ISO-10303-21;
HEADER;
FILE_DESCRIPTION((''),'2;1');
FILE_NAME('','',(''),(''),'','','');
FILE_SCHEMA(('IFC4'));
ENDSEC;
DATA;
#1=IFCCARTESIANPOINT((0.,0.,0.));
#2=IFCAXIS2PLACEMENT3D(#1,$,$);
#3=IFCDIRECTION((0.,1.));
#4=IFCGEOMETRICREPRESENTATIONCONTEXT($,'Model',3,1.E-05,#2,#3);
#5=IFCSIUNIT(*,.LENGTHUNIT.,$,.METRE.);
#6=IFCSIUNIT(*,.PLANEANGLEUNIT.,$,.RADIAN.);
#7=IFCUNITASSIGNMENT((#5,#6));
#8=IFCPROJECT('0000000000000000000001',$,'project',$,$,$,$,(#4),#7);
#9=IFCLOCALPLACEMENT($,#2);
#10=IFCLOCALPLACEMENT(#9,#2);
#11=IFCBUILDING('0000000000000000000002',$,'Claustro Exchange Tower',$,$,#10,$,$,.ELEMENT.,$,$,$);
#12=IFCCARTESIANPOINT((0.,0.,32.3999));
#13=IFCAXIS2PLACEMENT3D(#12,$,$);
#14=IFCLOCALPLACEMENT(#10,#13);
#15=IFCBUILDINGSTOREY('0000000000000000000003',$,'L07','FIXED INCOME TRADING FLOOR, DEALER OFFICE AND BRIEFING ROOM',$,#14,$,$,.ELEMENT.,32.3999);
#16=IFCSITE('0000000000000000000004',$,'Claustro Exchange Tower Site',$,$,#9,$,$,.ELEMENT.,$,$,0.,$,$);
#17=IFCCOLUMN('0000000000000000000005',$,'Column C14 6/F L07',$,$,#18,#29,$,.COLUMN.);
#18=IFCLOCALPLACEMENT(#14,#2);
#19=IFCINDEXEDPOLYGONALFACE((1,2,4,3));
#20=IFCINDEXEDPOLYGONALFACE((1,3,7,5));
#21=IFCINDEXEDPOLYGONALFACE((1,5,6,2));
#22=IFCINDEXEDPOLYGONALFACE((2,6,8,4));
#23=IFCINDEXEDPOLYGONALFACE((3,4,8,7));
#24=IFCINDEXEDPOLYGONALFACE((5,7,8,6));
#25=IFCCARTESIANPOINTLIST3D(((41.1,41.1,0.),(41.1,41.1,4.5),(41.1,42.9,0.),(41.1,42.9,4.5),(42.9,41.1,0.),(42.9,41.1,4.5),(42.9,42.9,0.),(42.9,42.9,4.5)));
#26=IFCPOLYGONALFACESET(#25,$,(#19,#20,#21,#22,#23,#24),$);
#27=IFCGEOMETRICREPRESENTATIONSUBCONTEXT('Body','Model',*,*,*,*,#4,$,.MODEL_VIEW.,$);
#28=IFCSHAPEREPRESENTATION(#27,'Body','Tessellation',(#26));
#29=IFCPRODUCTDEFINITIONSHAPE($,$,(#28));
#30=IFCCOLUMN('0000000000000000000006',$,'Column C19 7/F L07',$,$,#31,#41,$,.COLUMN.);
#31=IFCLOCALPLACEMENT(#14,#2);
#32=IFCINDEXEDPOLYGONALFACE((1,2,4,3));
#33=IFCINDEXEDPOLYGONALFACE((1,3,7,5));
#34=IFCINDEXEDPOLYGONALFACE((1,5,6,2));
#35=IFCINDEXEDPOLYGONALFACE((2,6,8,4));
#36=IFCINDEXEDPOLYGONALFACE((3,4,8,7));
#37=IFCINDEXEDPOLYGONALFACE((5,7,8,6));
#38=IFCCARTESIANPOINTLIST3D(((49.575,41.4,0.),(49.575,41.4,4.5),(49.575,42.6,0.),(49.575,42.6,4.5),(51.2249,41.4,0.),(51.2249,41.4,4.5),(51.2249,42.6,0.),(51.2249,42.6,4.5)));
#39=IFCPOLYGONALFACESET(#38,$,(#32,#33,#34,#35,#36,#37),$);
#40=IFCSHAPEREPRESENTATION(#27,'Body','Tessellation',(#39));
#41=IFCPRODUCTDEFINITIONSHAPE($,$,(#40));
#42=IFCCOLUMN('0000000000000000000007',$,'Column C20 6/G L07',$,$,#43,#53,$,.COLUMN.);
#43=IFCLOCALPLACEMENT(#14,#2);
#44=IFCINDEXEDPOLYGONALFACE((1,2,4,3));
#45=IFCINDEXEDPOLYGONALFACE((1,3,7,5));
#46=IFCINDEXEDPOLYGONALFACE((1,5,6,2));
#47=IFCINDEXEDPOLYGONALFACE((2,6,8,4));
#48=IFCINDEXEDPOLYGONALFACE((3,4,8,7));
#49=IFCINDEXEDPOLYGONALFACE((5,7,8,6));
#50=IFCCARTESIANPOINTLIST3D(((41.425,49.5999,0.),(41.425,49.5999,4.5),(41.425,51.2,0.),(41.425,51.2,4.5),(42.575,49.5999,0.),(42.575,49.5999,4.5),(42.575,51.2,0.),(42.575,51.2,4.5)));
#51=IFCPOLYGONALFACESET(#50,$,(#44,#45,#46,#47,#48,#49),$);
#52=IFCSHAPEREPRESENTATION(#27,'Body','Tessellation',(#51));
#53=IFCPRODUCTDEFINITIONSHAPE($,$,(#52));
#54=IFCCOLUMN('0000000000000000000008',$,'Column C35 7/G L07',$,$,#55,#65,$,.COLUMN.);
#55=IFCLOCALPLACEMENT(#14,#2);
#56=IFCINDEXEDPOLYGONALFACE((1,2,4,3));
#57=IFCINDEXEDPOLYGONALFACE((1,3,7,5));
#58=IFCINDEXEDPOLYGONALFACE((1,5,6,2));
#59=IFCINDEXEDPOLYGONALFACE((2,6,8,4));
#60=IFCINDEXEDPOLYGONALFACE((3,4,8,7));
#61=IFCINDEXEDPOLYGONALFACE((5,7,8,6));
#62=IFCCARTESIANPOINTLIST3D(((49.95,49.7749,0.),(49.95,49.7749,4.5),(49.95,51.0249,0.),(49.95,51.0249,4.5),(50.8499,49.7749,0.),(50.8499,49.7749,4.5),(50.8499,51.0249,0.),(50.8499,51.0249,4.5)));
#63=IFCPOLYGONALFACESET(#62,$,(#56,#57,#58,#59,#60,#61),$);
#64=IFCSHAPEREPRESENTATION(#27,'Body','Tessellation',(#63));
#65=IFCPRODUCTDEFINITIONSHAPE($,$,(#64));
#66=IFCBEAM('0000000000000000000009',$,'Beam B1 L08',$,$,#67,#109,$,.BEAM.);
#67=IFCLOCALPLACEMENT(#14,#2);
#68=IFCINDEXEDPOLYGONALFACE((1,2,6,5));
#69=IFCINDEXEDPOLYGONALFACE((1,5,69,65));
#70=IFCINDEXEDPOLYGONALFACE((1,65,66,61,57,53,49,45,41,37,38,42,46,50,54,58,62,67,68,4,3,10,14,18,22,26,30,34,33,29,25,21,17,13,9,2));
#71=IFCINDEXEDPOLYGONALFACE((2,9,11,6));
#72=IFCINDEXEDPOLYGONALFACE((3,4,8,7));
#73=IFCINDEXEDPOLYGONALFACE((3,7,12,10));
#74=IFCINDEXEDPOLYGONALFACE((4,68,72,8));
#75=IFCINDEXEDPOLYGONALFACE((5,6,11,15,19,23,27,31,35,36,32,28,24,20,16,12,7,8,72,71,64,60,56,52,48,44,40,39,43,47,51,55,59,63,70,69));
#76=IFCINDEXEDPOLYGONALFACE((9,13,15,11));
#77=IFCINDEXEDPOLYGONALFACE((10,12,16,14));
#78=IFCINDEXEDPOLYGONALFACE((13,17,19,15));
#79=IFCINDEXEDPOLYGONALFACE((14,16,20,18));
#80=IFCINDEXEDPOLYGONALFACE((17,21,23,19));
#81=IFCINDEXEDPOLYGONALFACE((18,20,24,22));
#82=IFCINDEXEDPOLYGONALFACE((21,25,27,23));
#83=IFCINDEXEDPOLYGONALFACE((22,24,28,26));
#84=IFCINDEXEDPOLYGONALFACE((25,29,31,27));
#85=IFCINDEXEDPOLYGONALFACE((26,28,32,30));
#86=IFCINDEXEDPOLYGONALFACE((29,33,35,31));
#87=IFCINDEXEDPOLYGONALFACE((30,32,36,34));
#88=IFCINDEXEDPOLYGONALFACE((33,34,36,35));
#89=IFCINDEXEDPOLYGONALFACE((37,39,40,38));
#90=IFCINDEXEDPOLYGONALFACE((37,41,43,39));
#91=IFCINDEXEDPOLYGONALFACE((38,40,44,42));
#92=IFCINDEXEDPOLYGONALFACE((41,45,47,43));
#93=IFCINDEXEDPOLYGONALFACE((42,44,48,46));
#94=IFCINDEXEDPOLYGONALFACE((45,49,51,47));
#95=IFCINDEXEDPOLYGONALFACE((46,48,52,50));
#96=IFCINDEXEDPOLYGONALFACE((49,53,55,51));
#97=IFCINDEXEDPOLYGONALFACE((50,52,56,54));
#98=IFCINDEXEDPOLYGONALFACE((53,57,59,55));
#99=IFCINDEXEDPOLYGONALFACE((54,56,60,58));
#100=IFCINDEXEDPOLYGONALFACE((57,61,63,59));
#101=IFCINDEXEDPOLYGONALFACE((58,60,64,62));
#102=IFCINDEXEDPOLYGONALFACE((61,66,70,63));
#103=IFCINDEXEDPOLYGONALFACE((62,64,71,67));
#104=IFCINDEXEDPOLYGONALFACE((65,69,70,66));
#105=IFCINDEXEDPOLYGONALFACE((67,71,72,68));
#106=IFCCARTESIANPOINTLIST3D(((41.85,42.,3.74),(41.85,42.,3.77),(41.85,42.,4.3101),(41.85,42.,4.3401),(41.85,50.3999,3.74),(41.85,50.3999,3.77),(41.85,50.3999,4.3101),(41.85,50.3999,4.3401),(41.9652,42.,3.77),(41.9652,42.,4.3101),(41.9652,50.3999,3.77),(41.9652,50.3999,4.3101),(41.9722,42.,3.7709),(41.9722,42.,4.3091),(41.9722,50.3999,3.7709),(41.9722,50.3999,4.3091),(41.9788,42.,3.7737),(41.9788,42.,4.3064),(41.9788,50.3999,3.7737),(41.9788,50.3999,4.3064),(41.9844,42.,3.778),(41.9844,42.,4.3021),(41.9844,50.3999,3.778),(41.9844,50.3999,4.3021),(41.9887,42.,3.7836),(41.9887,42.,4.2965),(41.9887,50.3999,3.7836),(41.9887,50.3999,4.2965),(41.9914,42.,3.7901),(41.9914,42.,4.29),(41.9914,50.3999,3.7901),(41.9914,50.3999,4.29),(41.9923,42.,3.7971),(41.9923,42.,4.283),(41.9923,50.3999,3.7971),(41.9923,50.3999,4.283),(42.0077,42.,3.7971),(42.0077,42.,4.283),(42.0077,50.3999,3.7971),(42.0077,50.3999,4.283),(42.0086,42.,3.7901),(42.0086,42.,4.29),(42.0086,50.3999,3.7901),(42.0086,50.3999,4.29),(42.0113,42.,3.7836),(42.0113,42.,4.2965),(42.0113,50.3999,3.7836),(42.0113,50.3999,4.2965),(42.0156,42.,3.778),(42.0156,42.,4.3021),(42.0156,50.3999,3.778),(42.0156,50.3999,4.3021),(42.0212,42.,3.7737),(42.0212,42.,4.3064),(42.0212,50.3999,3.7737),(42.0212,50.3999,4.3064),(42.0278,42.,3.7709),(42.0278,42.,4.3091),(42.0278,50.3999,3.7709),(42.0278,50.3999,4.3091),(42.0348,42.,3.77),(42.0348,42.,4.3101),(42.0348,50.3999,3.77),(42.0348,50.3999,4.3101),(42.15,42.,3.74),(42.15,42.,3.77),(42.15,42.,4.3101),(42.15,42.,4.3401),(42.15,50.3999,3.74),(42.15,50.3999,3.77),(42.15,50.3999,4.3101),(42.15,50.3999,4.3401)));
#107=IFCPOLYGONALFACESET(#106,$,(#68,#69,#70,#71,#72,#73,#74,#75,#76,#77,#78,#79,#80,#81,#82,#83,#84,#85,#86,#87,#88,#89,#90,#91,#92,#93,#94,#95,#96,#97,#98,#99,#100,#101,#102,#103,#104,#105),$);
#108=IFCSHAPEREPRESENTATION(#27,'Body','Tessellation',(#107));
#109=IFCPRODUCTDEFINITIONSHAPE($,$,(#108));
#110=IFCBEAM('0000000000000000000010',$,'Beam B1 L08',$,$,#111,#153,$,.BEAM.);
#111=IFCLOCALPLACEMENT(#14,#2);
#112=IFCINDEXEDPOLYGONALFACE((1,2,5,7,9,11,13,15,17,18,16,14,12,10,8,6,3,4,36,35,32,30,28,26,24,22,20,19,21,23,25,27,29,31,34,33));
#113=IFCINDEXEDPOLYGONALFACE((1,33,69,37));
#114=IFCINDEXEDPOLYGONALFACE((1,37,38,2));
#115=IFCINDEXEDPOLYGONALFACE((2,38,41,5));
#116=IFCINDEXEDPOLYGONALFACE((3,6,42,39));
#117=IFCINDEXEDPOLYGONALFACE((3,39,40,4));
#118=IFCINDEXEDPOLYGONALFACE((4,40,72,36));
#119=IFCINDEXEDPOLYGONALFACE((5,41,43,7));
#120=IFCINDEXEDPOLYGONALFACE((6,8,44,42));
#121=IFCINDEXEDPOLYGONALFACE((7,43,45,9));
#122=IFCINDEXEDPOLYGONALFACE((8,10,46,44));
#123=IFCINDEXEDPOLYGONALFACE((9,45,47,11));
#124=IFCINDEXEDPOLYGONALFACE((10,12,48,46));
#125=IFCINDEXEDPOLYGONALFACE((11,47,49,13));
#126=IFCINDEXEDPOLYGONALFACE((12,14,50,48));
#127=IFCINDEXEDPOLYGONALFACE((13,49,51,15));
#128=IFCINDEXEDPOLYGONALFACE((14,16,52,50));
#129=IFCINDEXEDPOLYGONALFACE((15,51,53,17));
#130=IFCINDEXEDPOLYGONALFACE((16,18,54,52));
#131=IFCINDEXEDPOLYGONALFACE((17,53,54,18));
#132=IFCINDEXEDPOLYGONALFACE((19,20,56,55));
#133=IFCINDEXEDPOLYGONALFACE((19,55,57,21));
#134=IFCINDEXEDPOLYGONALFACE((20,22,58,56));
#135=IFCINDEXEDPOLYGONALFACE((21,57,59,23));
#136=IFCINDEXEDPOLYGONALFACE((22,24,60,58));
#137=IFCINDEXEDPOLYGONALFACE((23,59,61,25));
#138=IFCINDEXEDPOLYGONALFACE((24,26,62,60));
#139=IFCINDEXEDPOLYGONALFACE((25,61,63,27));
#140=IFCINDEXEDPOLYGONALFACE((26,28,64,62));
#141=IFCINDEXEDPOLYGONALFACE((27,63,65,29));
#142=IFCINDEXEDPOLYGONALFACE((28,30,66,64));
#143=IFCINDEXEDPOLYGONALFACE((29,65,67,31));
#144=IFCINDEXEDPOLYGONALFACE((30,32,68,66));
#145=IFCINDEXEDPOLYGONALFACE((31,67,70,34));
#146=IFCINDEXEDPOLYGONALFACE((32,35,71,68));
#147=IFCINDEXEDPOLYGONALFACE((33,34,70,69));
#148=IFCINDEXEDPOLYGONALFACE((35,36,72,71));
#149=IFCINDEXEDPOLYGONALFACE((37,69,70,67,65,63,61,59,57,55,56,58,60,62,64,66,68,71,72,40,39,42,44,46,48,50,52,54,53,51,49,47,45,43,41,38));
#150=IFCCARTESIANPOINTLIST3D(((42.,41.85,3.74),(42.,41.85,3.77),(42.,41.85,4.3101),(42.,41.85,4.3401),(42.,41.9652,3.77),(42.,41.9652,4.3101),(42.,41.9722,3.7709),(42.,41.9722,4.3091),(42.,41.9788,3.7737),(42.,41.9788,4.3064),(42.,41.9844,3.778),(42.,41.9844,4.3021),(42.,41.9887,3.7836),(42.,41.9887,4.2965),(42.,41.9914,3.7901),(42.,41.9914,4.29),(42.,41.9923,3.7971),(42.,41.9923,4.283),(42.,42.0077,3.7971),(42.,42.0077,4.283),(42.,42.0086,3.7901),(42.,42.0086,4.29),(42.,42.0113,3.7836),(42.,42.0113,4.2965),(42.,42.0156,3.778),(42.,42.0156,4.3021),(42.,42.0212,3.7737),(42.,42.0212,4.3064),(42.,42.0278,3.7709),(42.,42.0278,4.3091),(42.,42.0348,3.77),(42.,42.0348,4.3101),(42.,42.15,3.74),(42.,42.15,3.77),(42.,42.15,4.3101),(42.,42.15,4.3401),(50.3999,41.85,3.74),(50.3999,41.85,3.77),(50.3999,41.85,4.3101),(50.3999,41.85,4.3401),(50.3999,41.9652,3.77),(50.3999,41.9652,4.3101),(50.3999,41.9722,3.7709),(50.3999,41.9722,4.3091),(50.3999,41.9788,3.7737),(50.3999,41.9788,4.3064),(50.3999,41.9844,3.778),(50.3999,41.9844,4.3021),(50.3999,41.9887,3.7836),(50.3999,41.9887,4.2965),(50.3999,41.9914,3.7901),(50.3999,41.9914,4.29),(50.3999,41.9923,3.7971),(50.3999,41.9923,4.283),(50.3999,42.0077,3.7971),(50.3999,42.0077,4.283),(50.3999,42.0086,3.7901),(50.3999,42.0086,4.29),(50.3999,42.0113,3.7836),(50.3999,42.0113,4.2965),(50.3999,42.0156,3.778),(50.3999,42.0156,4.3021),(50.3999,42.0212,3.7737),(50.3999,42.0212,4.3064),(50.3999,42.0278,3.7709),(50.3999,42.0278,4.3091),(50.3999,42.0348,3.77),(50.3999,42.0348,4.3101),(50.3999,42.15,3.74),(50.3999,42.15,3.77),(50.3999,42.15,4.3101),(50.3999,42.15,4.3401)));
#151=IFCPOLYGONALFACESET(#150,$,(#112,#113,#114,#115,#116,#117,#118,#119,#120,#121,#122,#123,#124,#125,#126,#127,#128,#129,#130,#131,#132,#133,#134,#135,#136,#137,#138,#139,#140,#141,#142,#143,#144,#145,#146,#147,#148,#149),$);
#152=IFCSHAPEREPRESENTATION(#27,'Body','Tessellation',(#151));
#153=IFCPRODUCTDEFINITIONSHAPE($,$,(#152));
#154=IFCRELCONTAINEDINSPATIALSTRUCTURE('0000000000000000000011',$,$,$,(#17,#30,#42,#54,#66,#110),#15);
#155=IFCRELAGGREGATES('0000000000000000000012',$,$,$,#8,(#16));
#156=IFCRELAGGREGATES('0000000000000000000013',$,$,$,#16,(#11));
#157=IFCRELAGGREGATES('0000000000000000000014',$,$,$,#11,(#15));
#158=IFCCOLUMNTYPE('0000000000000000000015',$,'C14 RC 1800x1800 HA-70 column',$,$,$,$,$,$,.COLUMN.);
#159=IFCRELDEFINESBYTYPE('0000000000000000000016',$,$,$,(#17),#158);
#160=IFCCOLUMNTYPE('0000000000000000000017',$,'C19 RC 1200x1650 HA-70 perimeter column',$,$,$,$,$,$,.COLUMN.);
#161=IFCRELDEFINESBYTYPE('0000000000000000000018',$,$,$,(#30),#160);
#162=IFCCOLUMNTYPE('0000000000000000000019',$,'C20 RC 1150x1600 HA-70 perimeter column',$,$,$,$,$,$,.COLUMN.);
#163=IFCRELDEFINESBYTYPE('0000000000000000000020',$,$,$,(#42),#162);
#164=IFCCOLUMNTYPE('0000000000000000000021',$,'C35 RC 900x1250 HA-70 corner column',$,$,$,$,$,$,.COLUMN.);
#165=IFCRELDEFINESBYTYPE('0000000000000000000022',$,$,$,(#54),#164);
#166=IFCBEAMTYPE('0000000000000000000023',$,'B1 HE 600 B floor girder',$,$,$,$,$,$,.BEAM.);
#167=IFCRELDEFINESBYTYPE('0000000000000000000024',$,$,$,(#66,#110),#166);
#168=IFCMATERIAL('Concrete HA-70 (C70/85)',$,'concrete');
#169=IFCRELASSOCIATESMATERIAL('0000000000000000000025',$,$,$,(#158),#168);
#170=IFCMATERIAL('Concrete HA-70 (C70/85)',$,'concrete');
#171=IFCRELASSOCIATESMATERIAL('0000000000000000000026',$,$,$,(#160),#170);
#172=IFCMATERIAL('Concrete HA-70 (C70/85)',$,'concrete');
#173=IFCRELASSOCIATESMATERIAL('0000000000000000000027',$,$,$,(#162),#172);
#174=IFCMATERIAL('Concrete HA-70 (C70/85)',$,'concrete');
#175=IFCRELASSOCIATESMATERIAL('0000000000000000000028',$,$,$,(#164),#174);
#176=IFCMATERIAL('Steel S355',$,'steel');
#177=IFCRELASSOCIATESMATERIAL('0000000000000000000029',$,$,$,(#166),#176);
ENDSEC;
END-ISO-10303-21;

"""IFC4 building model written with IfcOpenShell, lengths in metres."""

from ifc_helpers import new_model, si_unit, direction, frame, origin, origin_2d, place, context, subcontext, project, spatial, rectangle, i_section, extrude, material, material_profile, profile_set, type_object, element, save


model = new_model("IFC4")

# Units and contexts
model_context = context("Model", 3, precision=1e-05, world=origin(), true_north=direction((0.0, 1.0)))
body_context = subcontext(model_context, "Body", "Model", "MODEL_VIEW")
ifc_project = project(units=[si_unit("LENGTHUNIT", "METRE"), si_unit("PLANEANGLEUNIT", "RADIAN")], contexts=[model_context])

# Site, building, storey
site_placement = place(None, origin())
site = spatial("IfcSite", under=ifc_project, at=site_placement, Name="Claustro Exchange Tower Site", CompositionType="ELEMENT", RefElevation=0.0)
building_placement = place(site_placement, origin())
building = spatial("IfcBuilding", under=site, at=building_placement, Name="Claustro Exchange Tower", CompositionType="ELEMENT")
storey_placement = place(building_placement, frame((0.0, 0.0, 32.3999)))
storey = spatial("IfcBuildingStorey", under=building, at=storey_placement, Name="L07", Description="FIXED INCOME TRADING FLOOR, DEALER OFFICE AND BRIEFING ROOM", CompositionType="ELEMENT", Elevation=32.3999)

# Columns
ifc_material_1 = material(Name="Concrete HA-70 (C70/85)", Category="concrete")
ifc_material_profile_1 = material_profile(ifc_material_1, rectangle(XDim=1.8, YDim=1.8, at=origin_2d()), Name="RC 1800x1800")
ifc_profile_set_1 = profile_set([ifc_material_profile_1], Name="Concrete HA-70 (C70/85)")
column_type_1 = type_object("IfcColumnType", Name="C14 RC 1800x1800 HA-70 column", PredefinedType="COLUMN", material=ifc_profile_set_1)
column_1_placement = place(storey_placement, frame((42.0, 42.0, 0.0), z_axis=(0.0, 0.0, 1.0), x_axis=(1.0, 0.0, 0.0)))
element("IfcColumn", 1, at=column_1_placement, inside=storey, type_object=column_type_1, Name="Column C14 6/F L07", PredefinedType="COLUMN", context=body_context, shape_type="SweptSolid", body=[
    extrude(rectangle(XDim=1.8, YDim=1.8, at=origin_2d()), origin(), (0.0, 0.0, 1.0), 4.5),
])
ifc_material_2 = material(Name="Concrete HA-70 (C70/85)", Category="concrete")
ifc_material_profile_2 = material_profile(ifc_material_2, rectangle(XDim=1.2, YDim=1.6499, at=origin_2d()), Name="RC 1200x1650")
ifc_profile_set_2 = profile_set([ifc_material_profile_2], Name="Concrete HA-70 (C70/85)")
column_type_2 = type_object("IfcColumnType", Name="C19 RC 1200x1650 HA-70 perimeter column", PredefinedType="COLUMN", material=ifc_profile_set_2)
column_2_placement = place(storey_placement, frame((50.3999, 42.0, 0.0), z_axis=(0.0, 0.0, 1.0), x_axis=(0.0, 1.0, 0.0)))
element("IfcColumn", 2, at=column_2_placement, inside=storey, type_object=column_type_2, Name="Column C19 7/F L07", PredefinedType="COLUMN", context=body_context, shape_type="SweptSolid", body=[
    extrude(rectangle(XDim=1.2, YDim=1.6499, at=origin_2d()), origin(), (0.0, 0.0, 1.0), 4.5),
])
ifc_material_3 = material(Name="Concrete HA-70 (C70/85)", Category="concrete")
ifc_material_profile_3 = material_profile(ifc_material_3, rectangle(XDim=1.1499, YDim=1.6001, at=origin_2d()), Name="RC 1150x1600")
ifc_profile_set_3 = profile_set([ifc_material_profile_3], Name="Concrete HA-70 (C70/85)")
column_type_3 = type_object("IfcColumnType", Name="C20 RC 1150x1600 HA-70 perimeter column", PredefinedType="COLUMN", material=ifc_profile_set_3)
column_3_placement = place(storey_placement, frame((42.0, 50.3999, 0.0), z_axis=(0.0, 0.0, 1.0), x_axis=(1.0, 0.0, 0.0)))
element("IfcColumn", 3, at=column_3_placement, inside=storey, type_object=column_type_3, Name="Column C20 6/G L07", PredefinedType="COLUMN", context=body_context, shape_type="SweptSolid", body=[
    extrude(rectangle(XDim=1.1499, YDim=1.6001, at=origin_2d()), origin(), (0.0, 0.0, 1.0), 4.5),
])
ifc_material_4 = material(Name="Concrete HA-70 (C70/85)", Category="concrete")
ifc_material_profile_4 = material_profile(ifc_material_4, rectangle(XDim=0.8999, YDim=1.25, at=origin_2d()), Name="RC 900x1250")
ifc_profile_set_4 = profile_set([ifc_material_profile_4], Name="Concrete HA-70 (C70/85)")
column_type_4 = type_object("IfcColumnType", Name="C35 RC 900x1250 HA-70 corner column", PredefinedType="COLUMN", material=ifc_profile_set_4)
column_4_placement = place(storey_placement, frame((50.3999, 50.3999, 0.0), z_axis=(0.0, 0.0, 1.0), x_axis=(1.0, 0.0, 0.0)))
element("IfcColumn", 4, at=column_4_placement, inside=storey, type_object=column_type_4, Name="Column C35 7/G L07", PredefinedType="COLUMN", context=body_context, shape_type="SweptSolid", body=[
    extrude(rectangle(XDim=0.8999, YDim=1.25, at=origin_2d()), origin(), (0.0, 0.0, 1.0), 4.5),
])

# Beams
ifc_material_5 = material(Name="Steel S355", Category="steel")
ifc_material_profile_5 = material_profile(ifc_material_5, i_section(OverallWidth=0.3, OverallDepth=0.6001, WebThickness=0.0154, FlangeThickness=0.03, FilletRadius=0.0271, at=origin_2d()), Name="HE 600 B")
ifc_profile_set_5 = profile_set([ifc_material_profile_5], Name="Steel S355")
beam_type_1 = type_object("IfcBeamType", Name="B1 HE 600 B floor girder", PredefinedType="BEAM", material=ifc_profile_set_5)
for number, where, z_axis, x_axis, name in (
    (5, (42.0, 42.0, 4.04), (0.0, 1.0, 0.0), (-1.0, 0.0, 0.0), "Beam B1 L08"),
    (6, (42.0, 42.0, 4.04), (1.0, 0.0, 0.0), (0.0, 1.0, 0.0), "Beam B1 L08"),
):
    element("IfcBeam", number, at=place(storey_placement, frame(where, z_axis=z_axis, x_axis=x_axis)), inside=storey, type_object=beam_type_1, Name=name, PredefinedType="BEAM", context=body_context, shape_type="SweptSolid", body=[
        extrude(i_section(OverallWidth=0.3, OverallDepth=0.6001, WebThickness=0.0154, FlangeThickness=0.03, FilletRadius=0.0271, at=origin_2d()), origin(), (0.0, 0.0, 1.0), 8.3999),
    ])

save(model, "model.ifc")
